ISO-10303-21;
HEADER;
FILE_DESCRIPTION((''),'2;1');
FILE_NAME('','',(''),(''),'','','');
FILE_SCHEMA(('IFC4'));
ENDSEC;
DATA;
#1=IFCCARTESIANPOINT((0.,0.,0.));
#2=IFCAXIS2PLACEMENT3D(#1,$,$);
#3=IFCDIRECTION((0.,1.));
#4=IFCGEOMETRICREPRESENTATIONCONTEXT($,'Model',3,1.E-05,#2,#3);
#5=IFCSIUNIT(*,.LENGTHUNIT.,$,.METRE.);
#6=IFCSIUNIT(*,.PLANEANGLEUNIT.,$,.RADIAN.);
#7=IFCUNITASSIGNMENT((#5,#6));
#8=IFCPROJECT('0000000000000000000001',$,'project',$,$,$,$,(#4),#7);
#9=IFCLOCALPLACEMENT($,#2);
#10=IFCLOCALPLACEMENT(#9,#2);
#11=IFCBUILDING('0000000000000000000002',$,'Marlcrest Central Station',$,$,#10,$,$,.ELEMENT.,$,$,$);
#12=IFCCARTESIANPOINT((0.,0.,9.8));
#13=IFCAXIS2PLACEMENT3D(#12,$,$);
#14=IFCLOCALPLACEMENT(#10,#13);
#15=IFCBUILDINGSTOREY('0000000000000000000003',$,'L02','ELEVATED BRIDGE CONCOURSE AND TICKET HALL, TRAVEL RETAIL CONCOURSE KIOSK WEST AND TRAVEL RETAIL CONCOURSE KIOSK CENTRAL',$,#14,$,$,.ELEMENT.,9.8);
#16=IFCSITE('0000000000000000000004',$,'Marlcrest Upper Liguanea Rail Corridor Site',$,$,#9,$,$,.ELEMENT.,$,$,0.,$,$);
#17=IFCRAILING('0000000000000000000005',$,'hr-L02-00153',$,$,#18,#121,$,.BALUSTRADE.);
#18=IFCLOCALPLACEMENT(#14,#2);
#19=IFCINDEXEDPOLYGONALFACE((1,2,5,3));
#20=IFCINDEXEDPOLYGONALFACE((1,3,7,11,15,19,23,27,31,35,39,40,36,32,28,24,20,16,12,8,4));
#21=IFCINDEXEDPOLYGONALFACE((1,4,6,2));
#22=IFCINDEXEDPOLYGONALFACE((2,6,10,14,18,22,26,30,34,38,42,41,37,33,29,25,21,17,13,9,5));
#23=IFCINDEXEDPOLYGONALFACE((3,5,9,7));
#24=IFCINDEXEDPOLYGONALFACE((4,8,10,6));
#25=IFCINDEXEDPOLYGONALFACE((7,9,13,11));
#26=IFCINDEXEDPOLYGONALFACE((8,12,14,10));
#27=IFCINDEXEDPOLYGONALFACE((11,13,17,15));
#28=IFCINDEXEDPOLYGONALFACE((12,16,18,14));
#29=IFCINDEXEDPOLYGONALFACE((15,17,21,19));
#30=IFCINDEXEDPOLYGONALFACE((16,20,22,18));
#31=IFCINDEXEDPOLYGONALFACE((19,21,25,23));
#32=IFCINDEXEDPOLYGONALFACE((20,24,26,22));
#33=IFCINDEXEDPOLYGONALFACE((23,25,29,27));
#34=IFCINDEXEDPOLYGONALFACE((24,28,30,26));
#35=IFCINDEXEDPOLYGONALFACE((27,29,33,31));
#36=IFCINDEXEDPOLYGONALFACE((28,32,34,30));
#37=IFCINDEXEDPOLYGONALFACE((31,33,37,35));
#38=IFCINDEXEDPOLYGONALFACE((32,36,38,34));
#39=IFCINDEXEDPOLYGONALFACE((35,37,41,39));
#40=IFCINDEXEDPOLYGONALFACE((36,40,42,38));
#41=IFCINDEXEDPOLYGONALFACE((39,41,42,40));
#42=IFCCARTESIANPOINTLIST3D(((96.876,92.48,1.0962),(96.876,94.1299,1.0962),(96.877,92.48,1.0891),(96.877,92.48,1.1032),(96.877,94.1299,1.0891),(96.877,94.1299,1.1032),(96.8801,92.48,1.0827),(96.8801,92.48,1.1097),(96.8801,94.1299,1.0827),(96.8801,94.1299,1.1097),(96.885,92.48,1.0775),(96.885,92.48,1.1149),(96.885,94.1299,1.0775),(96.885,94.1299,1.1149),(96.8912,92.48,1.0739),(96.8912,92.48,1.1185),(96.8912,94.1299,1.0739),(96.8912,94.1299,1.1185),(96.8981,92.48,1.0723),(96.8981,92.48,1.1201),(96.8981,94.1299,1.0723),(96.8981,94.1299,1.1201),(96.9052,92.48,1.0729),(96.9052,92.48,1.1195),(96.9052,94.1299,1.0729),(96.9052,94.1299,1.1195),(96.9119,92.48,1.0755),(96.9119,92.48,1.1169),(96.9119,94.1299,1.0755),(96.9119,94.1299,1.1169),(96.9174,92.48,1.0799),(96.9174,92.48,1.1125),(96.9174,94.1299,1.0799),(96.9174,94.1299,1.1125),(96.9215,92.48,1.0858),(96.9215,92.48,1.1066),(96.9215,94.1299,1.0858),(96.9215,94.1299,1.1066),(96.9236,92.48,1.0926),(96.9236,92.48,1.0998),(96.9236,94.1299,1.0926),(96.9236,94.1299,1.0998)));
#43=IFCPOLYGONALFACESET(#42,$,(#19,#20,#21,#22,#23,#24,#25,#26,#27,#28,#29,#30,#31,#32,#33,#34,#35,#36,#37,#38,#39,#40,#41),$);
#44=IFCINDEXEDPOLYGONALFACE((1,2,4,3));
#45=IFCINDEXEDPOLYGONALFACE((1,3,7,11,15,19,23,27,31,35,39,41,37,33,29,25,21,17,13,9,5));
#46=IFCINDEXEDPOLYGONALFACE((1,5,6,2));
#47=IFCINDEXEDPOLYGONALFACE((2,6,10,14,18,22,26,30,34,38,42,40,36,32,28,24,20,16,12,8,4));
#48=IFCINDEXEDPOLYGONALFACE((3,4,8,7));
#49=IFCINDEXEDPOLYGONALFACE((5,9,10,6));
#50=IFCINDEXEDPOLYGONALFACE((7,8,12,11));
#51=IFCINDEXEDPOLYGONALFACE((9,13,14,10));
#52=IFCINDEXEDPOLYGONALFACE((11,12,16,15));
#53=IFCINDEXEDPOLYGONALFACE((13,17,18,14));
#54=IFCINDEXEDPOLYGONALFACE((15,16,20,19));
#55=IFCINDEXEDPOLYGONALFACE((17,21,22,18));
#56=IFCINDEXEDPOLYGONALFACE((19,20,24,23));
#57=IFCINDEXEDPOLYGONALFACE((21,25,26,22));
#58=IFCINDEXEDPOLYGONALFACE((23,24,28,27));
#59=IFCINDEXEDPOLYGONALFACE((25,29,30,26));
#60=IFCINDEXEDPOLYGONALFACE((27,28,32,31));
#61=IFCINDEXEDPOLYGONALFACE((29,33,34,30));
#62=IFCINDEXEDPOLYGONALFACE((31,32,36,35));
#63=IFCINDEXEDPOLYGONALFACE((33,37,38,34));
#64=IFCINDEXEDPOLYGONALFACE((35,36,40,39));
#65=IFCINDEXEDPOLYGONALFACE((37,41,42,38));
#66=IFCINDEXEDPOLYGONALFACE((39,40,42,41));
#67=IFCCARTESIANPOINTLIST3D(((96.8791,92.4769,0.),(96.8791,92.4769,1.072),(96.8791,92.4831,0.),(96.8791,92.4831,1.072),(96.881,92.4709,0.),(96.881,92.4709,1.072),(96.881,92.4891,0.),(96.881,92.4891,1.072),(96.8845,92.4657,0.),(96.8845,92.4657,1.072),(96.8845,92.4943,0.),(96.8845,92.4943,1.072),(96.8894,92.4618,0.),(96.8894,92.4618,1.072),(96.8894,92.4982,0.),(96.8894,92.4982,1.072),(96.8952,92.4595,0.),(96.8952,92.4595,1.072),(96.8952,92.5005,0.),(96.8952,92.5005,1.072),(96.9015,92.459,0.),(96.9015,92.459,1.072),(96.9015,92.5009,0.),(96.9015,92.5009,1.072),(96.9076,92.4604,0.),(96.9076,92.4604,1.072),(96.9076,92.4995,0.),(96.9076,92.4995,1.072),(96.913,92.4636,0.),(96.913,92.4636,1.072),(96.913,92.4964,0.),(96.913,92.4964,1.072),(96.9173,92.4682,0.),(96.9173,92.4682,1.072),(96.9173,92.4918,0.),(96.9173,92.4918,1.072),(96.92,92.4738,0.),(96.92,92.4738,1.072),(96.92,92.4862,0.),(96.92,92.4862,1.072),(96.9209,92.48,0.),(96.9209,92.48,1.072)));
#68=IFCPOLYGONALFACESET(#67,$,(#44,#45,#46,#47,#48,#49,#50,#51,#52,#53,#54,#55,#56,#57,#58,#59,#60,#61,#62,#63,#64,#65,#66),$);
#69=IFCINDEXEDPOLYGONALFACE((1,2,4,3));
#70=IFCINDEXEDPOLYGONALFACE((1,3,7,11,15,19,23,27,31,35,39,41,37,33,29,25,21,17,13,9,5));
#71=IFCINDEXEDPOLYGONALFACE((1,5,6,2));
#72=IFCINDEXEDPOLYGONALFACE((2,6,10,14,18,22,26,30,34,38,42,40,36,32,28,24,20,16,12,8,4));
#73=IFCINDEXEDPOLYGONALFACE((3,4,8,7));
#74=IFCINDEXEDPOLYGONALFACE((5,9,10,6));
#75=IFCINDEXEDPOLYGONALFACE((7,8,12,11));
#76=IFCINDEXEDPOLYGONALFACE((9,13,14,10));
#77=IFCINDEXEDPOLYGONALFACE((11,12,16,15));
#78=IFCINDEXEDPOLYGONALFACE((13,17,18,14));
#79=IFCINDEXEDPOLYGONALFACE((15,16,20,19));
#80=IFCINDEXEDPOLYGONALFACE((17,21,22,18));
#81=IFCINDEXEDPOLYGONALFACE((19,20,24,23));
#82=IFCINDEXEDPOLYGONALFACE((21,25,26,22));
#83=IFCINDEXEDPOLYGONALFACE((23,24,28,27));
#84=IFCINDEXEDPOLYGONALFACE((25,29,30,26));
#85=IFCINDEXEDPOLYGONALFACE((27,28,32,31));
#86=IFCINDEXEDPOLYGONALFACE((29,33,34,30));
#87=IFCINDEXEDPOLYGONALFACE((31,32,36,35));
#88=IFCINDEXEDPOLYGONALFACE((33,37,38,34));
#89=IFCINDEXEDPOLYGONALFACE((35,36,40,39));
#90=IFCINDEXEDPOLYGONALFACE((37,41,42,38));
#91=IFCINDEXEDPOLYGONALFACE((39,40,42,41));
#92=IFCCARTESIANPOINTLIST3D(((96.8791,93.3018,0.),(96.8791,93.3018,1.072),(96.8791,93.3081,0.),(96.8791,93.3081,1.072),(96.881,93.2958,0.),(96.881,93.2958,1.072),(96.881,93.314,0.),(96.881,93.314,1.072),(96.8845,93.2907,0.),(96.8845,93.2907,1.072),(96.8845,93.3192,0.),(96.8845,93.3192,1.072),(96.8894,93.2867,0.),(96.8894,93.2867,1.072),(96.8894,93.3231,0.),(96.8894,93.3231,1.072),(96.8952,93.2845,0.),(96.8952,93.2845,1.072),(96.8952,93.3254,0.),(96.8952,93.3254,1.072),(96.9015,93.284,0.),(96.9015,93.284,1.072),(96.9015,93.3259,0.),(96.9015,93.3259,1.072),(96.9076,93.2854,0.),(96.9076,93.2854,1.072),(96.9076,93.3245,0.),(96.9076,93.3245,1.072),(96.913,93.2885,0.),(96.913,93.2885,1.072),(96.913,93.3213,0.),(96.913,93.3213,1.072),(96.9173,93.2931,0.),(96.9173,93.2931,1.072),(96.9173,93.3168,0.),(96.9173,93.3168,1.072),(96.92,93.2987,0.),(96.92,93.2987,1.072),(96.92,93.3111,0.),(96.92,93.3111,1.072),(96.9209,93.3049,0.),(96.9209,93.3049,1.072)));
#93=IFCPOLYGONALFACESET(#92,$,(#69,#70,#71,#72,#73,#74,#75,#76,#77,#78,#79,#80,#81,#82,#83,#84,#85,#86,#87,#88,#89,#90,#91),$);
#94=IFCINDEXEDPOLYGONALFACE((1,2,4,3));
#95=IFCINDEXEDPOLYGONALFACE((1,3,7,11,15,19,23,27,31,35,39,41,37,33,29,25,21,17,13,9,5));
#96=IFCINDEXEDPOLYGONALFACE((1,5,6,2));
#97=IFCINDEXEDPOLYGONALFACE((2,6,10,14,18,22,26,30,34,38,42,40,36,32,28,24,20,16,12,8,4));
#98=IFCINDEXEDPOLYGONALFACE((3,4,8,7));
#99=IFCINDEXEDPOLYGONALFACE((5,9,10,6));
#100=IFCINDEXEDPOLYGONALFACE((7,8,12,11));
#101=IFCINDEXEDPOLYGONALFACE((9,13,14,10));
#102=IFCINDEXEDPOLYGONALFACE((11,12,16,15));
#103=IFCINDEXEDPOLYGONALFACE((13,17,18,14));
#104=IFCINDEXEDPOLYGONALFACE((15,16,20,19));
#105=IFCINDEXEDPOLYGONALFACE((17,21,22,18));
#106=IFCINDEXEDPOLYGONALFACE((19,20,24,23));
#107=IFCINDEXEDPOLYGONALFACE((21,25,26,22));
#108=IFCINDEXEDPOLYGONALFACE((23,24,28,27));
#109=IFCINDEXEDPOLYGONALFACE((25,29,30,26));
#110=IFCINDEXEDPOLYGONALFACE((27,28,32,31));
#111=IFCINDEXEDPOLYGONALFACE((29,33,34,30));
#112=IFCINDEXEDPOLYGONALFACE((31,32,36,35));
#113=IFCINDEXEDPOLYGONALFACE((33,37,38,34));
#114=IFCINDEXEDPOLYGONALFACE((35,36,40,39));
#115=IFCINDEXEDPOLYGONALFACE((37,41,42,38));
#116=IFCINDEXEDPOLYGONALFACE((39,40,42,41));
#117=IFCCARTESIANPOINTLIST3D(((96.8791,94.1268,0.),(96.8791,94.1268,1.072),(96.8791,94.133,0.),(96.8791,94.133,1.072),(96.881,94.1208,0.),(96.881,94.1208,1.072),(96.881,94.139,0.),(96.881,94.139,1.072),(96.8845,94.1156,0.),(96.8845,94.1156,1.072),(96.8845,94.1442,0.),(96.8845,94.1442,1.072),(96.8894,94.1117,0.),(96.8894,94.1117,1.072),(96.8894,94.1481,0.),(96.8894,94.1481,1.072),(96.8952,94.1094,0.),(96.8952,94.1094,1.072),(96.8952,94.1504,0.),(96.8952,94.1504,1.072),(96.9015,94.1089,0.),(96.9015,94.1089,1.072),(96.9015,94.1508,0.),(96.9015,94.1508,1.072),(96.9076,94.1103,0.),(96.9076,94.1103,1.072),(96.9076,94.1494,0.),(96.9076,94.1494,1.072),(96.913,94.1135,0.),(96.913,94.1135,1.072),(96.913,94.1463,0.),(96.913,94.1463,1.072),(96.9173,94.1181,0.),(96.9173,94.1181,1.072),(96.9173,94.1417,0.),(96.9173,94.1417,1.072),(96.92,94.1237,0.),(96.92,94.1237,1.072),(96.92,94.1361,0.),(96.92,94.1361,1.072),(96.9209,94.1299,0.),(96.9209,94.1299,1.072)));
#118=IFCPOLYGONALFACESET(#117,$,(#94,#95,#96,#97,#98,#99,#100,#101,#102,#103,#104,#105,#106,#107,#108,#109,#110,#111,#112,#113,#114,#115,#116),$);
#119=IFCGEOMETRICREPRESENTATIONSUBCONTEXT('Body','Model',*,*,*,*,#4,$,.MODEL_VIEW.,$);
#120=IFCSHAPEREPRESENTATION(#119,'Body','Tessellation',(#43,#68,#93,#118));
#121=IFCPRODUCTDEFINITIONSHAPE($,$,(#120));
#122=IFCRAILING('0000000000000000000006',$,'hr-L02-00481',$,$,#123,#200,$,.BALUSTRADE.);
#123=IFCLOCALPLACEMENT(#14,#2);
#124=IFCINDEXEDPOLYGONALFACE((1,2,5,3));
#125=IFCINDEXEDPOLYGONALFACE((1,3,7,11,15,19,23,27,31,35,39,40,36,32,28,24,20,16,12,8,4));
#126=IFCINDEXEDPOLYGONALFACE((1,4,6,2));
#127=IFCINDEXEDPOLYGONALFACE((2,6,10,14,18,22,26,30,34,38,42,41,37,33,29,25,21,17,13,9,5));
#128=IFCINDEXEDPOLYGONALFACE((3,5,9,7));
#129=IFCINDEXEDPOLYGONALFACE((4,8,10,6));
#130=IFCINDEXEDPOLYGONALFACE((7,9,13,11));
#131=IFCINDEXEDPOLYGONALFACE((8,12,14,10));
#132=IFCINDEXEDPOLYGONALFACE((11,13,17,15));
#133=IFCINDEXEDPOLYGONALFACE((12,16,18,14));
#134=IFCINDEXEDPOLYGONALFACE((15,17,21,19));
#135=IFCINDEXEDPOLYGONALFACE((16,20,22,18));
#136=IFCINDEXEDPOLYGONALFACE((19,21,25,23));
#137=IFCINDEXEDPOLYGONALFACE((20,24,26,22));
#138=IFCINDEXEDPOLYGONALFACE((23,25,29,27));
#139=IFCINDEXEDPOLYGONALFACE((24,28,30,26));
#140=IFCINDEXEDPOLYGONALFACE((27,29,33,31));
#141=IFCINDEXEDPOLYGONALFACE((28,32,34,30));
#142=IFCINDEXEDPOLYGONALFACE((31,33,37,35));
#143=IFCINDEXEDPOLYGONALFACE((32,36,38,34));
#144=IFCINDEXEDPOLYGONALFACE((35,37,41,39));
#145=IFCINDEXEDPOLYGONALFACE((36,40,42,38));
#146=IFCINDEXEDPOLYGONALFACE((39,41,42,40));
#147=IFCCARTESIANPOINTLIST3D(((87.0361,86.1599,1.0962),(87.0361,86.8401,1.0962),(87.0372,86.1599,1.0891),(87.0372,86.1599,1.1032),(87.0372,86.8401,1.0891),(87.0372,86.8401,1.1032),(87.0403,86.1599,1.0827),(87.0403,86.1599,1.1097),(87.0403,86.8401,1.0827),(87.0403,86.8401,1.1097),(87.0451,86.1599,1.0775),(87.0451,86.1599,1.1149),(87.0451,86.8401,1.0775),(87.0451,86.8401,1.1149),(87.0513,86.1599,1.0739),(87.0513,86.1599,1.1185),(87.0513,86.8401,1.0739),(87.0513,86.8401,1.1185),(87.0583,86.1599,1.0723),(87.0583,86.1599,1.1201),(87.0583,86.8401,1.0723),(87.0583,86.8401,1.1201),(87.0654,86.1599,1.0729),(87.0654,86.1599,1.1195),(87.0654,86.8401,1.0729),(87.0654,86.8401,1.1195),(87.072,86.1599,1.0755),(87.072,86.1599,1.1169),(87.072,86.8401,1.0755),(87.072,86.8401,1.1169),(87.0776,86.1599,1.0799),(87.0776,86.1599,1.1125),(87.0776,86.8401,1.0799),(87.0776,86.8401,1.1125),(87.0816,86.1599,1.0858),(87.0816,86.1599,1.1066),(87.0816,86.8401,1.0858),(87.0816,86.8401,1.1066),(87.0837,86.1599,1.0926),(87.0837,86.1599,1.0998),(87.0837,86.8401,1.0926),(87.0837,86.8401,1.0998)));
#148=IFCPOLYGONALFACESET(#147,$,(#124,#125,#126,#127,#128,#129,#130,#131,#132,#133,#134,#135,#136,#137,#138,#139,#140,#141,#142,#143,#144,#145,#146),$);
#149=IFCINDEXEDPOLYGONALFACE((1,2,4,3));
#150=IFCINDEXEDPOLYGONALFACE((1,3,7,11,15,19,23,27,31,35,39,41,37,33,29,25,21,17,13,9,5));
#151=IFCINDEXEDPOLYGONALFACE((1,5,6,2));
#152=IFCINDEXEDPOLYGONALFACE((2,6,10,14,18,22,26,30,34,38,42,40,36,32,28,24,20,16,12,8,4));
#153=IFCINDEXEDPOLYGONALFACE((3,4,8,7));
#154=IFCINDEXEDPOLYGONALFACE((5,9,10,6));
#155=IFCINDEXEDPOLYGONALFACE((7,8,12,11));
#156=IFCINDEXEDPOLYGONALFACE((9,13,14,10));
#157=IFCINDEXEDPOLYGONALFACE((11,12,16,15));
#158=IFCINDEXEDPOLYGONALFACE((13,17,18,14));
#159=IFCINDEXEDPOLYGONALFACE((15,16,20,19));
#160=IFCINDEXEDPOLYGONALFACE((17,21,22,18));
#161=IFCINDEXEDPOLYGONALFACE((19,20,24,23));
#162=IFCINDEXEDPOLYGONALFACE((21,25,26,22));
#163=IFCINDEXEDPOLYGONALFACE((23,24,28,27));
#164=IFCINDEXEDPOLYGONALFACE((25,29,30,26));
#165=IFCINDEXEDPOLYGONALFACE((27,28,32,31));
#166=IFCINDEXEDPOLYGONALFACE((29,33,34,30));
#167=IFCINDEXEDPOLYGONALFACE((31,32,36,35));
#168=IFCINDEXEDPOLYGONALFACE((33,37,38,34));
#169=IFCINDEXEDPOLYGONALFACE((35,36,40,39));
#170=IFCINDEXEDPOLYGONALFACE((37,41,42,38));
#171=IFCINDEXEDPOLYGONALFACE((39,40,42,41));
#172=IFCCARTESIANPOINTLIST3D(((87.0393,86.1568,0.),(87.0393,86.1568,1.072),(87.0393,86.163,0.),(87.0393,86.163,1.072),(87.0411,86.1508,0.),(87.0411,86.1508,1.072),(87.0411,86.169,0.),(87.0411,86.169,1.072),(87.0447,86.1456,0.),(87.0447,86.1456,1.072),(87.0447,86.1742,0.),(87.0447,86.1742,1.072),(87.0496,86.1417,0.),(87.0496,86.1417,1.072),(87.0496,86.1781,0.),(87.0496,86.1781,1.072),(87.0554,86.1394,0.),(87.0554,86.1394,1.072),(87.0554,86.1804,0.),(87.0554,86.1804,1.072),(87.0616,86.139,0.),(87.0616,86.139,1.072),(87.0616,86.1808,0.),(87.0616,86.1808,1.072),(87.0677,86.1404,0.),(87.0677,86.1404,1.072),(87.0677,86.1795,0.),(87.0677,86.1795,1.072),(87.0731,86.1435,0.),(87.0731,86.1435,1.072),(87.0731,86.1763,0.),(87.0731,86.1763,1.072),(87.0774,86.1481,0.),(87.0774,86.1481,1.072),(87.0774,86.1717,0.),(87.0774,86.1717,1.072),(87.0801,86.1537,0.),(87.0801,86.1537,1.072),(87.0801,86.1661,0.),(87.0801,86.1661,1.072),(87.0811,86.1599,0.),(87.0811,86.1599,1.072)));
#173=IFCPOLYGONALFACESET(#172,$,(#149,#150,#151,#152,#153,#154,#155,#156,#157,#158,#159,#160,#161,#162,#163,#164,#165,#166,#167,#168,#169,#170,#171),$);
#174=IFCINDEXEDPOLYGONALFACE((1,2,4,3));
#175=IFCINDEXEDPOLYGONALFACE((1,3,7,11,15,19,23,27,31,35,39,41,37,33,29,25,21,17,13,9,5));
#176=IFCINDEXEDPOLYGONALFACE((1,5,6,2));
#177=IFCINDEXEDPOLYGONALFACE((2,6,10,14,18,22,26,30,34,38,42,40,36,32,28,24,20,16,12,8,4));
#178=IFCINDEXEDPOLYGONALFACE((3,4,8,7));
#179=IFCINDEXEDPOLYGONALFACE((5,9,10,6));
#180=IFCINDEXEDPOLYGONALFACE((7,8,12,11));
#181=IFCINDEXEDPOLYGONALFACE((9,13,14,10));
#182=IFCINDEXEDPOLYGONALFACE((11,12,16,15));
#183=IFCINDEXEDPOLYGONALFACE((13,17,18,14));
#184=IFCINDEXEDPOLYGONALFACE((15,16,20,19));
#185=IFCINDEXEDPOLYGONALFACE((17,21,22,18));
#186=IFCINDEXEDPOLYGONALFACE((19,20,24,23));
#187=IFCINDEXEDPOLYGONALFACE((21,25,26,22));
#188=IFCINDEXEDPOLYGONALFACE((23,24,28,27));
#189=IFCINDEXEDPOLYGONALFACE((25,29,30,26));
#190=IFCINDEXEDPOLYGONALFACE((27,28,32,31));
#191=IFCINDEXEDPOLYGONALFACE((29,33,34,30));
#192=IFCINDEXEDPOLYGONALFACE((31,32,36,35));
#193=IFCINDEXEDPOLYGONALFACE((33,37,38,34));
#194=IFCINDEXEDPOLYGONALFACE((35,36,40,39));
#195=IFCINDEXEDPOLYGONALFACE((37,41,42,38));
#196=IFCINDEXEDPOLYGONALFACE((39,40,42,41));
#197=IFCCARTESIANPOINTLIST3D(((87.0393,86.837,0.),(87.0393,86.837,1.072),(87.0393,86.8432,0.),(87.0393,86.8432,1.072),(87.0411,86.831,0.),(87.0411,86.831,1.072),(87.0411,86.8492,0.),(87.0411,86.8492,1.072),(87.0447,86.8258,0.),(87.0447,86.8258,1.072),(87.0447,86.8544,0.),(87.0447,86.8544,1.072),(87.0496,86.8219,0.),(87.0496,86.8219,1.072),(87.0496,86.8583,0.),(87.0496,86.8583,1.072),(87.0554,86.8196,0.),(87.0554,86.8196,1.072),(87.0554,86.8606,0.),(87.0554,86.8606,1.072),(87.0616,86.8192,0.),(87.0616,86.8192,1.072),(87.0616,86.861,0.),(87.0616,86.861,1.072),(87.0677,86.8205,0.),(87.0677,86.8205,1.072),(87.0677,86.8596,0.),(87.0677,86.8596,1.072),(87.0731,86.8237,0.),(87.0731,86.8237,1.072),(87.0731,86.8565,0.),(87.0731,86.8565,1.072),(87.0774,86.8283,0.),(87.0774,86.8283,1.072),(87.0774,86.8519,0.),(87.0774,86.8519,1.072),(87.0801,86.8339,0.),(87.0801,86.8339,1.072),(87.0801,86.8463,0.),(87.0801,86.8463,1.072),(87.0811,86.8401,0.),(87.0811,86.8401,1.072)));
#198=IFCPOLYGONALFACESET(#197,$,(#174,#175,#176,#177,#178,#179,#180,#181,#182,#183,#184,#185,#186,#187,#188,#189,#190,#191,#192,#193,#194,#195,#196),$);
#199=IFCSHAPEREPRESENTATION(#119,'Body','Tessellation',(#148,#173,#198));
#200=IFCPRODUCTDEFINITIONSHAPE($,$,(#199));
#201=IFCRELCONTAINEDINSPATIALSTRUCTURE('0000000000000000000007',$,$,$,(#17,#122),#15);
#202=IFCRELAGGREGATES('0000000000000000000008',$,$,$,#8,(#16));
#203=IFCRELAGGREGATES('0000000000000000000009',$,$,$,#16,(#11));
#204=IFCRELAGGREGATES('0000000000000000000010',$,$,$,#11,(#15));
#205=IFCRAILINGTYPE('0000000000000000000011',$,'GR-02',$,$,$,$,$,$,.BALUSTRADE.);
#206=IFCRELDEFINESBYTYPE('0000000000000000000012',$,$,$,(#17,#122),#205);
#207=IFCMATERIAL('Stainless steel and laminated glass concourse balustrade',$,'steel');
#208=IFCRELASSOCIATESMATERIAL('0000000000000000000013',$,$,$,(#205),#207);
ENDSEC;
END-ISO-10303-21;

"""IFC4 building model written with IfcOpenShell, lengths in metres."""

from ifc_helpers import new_model, si_unit, direction, frame, origin, origin_2d, place, context, subcontext, project, spatial, circle, extrude, material, type_object, element, save


model = new_model("IFC4")

# Units and contexts
model_context = context("Model", 3, precision=1e-05, world=origin(), true_north=direction((0.0, 1.0)))
body_context = subcontext(model_context, "Body", "Model", "MODEL_VIEW")
ifc_project = project(units=[si_unit("LENGTHUNIT", "METRE"), si_unit("PLANEANGLEUNIT", "RADIAN")], contexts=[model_context])

# Site, building, storey
site_placement = place(None, origin())
site = spatial("IfcSite", under=ifc_project, at=site_placement, Name="Marlcrest Upper Liguanea Rail Corridor Site", CompositionType="ELEMENT", RefElevation=0.0)
building_placement = place(site_placement, origin())
building = spatial("IfcBuilding", under=site, at=building_placement, Name="Marlcrest Central Station", CompositionType="ELEMENT")
storey_placement = place(building_placement, frame((0.0, 0.0, 9.8)))
storey = spatial("IfcBuildingStorey", under=building, at=storey_placement, Name="L02", Description="ELEVATED BRIDGE CONCOURSE AND TICKET HALL, TRAVEL RETAIL CONCOURSE KIOSK WEST AND TRAVEL RETAIL CONCOURSE KIOSK CENTRAL", CompositionType="ELEMENT", Elevation=9.8)

# Railings
ifc_material_1 = material(Name="Stainless steel and laminated glass concourse balustrade", Category="steel")
railing_type = type_object("IfcRailingType", Name="GR-02", PredefinedType="BALUSTRADE", material=ifc_material_1)
railing_1_placement = place(storey_placement, frame((96.8999, 92.48, 0.0)))
element("IfcRailing", 1, at=railing_1_placement, inside=storey, type_object=railing_type, Name="hr-L02-00153", PredefinedType="BALUSTRADE", context=body_context, shape_type="SweptSolid", body=[
    extrude(circle(Radius=0.0239, at=origin_2d()), frame((0.0, 0.0, 1.0962), z_axis=(0.0, 1.0, 0.0), x_axis=(-1.0, 0.0, 0.0)), (0.0, 0.0, 1.0), 1.6499),
    extrude(circle(Radius=0.021, at=origin_2d()), origin(), (0.0, 0.0, 1.0), 1.072),
    extrude(circle(Radius=0.021, at=origin_2d()), frame((0.0, 0.825, 0.0)), (0.0, 0.0, 1.0), 1.072),
    extrude(circle(Radius=0.021, at=origin_2d()), frame((0.0, 1.6499, 0.0)), (0.0, 0.0, 1.0), 1.072),
])
railing_2_placement = place(storey_placement, frame((87.0601, 86.1599, 0.0)))
element("IfcRailing", 2, at=railing_2_placement, inside=storey, type_object=railing_type, Name="hr-L02-00481", PredefinedType="BALUSTRADE", context=body_context, shape_type="SweptSolid", body=[
    extrude(circle(Radius=0.0239, at=origin_2d()), frame((0.0, 0.0, 1.0962), z_axis=(0.0, 1.0, 0.0), x_axis=(-1.0, 0.0, 0.0)), (0.0, 0.0, 1.0), 0.6802),
    extrude(circle(Radius=0.021, at=origin_2d()), origin(), (0.0, 0.0, 1.0), 1.072),
    extrude(circle(Radius=0.021, at=origin_2d()), frame((0.0, 0.6802, 0.0)), (0.0, 0.0, 1.0), 1.072),
])

save(model, "model.ifc")
